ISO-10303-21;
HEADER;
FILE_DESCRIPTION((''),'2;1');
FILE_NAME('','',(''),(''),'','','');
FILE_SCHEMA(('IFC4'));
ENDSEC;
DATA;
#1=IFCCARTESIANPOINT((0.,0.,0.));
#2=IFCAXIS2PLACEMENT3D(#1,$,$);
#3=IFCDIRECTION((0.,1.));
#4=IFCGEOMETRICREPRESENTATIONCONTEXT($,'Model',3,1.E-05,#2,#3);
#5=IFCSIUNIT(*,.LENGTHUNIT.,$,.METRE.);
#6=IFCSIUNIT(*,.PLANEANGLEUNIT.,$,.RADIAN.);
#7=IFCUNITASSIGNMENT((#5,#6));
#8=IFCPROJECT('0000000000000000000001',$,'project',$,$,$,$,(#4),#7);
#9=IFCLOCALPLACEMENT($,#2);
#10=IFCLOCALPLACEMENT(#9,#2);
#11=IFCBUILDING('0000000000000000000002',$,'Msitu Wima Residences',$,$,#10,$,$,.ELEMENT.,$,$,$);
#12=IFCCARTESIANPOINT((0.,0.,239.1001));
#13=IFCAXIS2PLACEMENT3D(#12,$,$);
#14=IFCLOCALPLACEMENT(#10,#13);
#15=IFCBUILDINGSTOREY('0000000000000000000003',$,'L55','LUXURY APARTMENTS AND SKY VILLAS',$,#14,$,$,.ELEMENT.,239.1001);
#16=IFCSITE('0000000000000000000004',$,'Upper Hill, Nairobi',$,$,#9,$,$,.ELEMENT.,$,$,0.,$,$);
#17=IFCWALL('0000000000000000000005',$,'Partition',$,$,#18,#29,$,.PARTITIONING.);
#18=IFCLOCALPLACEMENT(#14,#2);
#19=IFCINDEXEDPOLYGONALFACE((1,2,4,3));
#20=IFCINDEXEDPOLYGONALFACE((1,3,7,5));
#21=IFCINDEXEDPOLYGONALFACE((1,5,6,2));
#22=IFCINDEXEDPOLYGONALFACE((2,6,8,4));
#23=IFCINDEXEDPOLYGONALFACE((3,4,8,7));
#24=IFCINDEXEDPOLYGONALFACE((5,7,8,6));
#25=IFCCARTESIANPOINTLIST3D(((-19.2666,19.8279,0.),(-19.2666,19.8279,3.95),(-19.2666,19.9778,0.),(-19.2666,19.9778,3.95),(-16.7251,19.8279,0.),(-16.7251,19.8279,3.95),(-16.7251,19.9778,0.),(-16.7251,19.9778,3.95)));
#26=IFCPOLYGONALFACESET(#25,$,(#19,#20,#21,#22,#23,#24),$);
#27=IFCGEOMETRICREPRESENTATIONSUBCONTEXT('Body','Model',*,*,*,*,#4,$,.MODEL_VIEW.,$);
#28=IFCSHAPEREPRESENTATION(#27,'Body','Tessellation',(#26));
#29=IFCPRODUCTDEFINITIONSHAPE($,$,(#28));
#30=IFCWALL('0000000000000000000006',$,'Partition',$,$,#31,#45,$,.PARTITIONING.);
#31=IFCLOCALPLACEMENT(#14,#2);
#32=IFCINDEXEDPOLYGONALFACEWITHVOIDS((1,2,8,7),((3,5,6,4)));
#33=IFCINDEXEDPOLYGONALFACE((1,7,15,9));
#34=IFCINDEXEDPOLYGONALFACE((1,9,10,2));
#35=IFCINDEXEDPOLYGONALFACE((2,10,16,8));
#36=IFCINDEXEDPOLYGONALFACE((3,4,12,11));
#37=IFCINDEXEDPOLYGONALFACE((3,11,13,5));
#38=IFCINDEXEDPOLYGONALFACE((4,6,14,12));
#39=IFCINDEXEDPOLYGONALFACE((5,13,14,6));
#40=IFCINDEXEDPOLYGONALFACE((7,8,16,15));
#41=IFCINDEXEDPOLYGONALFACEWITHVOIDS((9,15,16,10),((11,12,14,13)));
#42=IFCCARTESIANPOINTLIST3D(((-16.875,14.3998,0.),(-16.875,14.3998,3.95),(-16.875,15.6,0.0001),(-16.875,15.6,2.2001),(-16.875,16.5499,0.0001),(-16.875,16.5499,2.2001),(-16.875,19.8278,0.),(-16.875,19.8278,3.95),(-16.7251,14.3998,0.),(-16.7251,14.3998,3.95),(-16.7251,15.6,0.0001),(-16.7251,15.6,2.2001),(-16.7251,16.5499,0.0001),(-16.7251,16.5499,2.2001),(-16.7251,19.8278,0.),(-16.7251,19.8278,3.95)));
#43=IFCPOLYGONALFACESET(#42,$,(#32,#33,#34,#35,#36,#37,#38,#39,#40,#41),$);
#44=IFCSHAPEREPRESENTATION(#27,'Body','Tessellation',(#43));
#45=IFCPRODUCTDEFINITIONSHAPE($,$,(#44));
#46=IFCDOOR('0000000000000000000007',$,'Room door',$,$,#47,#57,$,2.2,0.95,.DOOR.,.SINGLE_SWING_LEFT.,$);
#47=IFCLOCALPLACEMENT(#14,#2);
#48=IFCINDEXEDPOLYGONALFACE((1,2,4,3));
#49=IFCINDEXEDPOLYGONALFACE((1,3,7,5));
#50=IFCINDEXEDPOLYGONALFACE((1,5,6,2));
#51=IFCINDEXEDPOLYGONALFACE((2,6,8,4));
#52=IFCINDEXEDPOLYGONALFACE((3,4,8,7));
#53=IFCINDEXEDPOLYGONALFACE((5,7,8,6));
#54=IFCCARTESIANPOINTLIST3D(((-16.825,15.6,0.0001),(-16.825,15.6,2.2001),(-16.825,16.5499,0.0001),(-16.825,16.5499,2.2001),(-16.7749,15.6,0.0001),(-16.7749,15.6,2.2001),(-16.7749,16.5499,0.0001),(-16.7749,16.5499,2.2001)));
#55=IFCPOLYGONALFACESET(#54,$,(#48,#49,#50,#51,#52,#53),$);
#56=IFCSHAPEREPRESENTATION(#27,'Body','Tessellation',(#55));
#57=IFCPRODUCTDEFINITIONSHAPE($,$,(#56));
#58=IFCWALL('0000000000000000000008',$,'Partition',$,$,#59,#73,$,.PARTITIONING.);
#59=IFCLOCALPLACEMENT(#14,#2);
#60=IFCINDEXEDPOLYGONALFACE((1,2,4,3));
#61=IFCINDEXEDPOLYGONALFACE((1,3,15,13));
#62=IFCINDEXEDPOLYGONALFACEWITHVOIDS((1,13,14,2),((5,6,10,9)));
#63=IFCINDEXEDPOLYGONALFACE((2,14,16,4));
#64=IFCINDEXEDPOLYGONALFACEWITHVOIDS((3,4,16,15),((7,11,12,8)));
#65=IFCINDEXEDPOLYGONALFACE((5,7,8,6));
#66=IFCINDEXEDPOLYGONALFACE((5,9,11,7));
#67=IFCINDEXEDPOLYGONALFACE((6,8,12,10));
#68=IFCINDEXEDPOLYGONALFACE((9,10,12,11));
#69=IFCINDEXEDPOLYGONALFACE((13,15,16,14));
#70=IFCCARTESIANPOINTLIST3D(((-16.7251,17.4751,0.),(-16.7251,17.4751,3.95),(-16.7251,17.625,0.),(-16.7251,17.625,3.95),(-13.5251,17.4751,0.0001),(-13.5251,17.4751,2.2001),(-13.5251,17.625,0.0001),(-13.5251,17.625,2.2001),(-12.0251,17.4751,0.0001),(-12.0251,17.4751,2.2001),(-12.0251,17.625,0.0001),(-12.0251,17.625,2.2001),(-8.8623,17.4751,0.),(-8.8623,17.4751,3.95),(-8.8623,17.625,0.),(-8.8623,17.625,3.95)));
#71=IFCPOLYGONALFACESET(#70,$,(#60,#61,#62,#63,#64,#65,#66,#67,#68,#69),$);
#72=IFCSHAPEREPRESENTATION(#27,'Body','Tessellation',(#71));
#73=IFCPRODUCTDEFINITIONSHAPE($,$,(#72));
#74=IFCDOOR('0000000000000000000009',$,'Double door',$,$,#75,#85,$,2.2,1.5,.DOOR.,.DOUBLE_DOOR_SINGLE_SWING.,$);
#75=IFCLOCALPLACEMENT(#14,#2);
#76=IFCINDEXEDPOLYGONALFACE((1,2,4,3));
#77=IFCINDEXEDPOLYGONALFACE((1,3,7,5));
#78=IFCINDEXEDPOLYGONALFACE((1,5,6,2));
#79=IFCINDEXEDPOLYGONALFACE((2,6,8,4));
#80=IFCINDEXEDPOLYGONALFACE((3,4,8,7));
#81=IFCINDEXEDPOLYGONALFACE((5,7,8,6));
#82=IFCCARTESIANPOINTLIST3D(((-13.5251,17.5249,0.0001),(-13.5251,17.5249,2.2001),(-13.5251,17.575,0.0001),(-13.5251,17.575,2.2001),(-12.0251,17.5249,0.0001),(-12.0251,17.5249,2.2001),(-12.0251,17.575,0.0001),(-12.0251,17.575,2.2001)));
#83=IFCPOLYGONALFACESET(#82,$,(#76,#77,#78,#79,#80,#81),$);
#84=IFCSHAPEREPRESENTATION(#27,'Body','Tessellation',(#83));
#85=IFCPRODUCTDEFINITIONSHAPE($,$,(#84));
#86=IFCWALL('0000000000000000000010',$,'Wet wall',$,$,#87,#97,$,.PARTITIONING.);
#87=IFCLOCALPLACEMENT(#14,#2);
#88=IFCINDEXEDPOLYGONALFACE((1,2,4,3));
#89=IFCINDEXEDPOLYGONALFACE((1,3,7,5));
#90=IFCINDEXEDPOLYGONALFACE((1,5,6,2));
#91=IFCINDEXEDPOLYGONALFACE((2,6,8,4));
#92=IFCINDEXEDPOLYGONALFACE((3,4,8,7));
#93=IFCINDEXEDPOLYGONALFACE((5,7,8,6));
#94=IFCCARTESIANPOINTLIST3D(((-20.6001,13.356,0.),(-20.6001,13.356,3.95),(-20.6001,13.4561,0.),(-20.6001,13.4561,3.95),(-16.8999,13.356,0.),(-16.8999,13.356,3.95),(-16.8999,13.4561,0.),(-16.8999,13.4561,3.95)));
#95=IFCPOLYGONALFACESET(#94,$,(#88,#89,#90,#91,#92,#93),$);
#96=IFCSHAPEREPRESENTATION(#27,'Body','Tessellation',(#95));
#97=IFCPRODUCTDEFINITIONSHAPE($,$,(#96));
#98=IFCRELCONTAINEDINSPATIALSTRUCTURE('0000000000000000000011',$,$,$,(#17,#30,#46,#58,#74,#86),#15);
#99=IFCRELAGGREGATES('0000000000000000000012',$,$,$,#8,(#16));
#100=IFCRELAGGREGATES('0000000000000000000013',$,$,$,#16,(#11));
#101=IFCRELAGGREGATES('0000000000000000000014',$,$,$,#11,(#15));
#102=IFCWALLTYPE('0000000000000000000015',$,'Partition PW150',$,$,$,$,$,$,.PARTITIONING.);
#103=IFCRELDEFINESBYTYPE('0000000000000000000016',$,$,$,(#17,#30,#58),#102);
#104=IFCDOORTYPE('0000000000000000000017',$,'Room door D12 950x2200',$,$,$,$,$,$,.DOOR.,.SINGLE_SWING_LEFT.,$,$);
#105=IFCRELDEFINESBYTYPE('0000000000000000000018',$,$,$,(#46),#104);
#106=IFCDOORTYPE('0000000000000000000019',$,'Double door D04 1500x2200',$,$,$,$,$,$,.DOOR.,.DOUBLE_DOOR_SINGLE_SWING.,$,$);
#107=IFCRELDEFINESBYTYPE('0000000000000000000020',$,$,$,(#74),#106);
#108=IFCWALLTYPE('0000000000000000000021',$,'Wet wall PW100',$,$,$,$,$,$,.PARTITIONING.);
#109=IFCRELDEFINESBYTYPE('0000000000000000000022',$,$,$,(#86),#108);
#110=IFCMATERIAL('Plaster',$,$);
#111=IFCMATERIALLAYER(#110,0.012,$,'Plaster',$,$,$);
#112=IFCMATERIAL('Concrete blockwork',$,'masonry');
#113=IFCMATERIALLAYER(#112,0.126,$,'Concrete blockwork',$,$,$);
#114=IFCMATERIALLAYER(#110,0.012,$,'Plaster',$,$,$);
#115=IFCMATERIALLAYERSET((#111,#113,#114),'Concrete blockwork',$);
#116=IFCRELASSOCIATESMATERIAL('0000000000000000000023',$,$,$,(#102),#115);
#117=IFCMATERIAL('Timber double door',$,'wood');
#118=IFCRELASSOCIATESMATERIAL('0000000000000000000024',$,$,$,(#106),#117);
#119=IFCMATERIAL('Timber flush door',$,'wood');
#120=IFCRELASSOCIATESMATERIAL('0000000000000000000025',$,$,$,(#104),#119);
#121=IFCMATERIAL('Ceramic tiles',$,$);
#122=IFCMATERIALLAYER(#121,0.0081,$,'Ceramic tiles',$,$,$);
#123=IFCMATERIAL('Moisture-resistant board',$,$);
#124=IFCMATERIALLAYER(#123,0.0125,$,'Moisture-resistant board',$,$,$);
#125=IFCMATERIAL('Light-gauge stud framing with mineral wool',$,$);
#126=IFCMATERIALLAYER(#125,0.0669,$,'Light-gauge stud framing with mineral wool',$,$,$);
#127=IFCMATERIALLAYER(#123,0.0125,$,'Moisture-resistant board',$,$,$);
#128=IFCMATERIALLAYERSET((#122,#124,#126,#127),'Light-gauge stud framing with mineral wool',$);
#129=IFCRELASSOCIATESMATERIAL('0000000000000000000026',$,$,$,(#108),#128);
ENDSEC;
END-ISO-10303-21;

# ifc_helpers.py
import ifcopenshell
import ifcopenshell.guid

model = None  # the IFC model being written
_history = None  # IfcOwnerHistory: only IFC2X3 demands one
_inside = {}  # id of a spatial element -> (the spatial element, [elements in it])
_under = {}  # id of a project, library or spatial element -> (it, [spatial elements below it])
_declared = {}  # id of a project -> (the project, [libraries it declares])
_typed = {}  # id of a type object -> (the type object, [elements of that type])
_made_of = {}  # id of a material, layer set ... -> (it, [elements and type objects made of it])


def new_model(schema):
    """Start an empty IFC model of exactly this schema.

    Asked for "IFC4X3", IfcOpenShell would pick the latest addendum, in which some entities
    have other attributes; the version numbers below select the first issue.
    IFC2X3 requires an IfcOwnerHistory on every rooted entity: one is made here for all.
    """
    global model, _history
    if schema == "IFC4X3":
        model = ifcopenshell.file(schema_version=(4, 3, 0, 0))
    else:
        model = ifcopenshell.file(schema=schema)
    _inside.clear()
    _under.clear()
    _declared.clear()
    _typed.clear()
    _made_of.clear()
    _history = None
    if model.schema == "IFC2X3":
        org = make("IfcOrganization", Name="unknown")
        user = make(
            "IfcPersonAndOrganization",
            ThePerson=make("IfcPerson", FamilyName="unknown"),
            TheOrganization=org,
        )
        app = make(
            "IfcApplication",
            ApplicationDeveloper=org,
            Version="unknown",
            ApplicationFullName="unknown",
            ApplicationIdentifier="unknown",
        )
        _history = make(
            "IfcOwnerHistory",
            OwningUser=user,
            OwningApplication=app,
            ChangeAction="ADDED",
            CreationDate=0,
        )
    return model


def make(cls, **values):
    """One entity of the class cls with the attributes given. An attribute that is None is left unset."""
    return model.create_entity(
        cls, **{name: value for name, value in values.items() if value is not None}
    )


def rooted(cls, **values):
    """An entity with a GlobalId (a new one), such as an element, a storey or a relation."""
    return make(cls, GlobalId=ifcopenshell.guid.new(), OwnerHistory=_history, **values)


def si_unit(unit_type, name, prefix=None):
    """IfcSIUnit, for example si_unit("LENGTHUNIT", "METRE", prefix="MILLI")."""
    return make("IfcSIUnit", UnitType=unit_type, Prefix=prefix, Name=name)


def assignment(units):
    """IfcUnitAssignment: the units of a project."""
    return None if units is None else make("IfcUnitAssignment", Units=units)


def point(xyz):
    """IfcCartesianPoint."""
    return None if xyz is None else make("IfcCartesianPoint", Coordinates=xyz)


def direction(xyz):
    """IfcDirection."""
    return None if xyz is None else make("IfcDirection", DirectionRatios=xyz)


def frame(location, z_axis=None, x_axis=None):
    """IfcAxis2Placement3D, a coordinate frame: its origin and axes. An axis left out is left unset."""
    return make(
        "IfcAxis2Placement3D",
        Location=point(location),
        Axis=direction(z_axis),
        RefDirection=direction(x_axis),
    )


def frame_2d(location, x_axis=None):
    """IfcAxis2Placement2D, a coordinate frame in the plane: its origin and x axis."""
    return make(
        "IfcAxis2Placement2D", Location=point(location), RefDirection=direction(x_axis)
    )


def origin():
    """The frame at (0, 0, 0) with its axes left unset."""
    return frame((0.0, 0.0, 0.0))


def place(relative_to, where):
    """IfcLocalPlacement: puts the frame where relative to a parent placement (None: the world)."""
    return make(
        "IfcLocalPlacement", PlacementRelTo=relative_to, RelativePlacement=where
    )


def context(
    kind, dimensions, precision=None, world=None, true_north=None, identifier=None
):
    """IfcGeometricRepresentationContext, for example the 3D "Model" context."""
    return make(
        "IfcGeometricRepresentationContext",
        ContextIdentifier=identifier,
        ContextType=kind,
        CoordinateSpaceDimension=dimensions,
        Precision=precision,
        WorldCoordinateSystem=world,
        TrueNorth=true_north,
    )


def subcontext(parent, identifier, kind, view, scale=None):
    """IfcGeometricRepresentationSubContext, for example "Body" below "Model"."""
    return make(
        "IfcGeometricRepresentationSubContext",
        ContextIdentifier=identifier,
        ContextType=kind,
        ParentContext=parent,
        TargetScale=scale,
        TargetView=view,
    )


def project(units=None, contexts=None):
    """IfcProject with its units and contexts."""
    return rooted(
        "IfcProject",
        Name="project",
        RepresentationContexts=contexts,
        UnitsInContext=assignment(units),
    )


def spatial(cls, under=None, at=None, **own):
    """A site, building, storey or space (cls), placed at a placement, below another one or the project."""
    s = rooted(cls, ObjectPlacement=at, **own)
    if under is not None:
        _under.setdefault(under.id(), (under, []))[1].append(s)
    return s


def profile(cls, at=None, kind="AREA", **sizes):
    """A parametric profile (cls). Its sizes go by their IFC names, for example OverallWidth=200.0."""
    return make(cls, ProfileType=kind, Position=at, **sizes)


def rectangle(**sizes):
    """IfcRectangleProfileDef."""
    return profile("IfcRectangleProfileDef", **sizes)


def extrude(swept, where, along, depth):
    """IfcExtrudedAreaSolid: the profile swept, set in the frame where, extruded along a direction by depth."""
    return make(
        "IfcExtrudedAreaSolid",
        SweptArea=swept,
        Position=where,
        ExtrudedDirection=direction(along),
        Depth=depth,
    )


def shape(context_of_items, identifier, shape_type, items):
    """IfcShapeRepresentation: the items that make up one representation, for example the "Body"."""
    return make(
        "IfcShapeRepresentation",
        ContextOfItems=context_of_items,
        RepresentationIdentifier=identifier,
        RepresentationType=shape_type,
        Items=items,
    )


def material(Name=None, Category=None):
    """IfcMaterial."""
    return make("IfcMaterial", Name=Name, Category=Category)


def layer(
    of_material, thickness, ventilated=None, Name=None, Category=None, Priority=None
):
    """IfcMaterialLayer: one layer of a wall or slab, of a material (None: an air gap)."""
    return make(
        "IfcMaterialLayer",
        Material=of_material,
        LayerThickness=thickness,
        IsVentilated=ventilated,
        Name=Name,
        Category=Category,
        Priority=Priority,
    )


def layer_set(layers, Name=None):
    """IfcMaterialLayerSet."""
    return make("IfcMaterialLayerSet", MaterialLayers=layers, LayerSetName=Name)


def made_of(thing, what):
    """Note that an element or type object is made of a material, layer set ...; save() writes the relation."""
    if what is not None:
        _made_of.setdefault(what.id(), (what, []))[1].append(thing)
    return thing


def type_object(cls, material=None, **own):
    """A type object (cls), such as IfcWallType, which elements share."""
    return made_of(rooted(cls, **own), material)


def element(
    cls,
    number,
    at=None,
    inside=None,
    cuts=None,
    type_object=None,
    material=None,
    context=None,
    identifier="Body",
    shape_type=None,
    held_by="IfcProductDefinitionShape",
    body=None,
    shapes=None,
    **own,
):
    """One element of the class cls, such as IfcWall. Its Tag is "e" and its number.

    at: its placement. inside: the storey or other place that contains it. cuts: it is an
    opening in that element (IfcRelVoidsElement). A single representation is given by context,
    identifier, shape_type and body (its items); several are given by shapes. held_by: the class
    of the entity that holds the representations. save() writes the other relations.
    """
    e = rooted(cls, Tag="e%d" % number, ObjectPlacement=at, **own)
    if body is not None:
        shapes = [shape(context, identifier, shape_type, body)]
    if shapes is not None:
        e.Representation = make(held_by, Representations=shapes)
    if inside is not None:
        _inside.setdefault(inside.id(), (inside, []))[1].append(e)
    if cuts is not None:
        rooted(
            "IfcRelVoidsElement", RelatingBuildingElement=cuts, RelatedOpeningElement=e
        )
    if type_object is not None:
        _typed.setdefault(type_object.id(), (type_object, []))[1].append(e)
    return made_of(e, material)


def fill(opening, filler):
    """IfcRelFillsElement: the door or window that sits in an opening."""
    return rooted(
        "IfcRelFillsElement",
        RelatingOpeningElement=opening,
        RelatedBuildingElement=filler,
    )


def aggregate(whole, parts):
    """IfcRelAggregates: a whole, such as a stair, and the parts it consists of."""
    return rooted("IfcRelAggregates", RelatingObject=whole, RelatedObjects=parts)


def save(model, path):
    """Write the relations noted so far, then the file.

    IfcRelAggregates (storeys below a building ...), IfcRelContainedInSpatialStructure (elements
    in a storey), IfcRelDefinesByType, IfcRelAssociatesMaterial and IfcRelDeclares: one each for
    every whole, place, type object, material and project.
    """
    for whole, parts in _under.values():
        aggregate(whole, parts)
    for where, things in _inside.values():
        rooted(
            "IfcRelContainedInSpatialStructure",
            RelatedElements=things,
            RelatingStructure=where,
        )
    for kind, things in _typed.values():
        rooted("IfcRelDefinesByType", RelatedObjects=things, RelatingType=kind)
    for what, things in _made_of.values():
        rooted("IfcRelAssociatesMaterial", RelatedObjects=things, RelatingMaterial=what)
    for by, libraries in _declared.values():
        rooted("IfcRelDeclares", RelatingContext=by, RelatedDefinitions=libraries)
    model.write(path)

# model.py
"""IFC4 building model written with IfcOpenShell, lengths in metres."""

from ifc_helpers import new_model, si_unit, direction, frame, frame_2d, origin, place, context, subcontext, project, spatial, rectangle, extrude, material, layer, layer_set, type_object, element, fill, save


model = new_model("IFC4")

# Units and contexts
model_context = context("Model", 3, precision=1e-05, world=origin(), true_north=direction((0.0, 1.0)))
body_context = subcontext(model_context, "Body", "Model", "MODEL_VIEW")
ifc_project = project(units=[si_unit("LENGTHUNIT", "METRE"), si_unit("PLANEANGLEUNIT", "RADIAN")], contexts=[model_context])

# Site, building, storey
site_placement = place(None, origin())
site = spatial("IfcSite", under=ifc_project, at=site_placement, Name="Upper Hill, Nairobi", CompositionType="ELEMENT", RefElevation=0.0)
building_placement = place(site_placement, origin())
building = spatial("IfcBuilding", under=site, at=building_placement, Name="Msitu Wima Residences", CompositionType="ELEMENT")
storey_placement = place(building_placement, frame((0.0, 0.0, 239.1001)))
storey = spatial("IfcBuildingStorey", under=building, at=storey_placement, Name="L55", Description="LUXURY APARTMENTS AND SKY VILLAS", CompositionType="ELEMENT", Elevation=239.1001)

# Shared definitions
ifc_material_1 = material(Name="Plaster")
ifc_material_2 = material(Name="Concrete blockwork", Category="masonry")
ifc_layer_1 = layer(ifc_material_1, 0.012, Name="Plaster")
ifc_layer_2 = layer(ifc_material_2, 0.126, Name="Concrete blockwork")
ifc_layer_3 = layer(ifc_material_1, 0.012, Name="Plaster")
ifc_layer_set_1 = layer_set([ifc_layer_1, ifc_layer_2, ifc_layer_3], Name="Concrete blockwork")
wall_type_1 = type_object("IfcWallType", Name="Partition PW150", PredefinedType="PARTITIONING", material=ifc_layer_set_1)

# Shared definitions
ifc_material_3 = material(Name="Timber double door", Category="wood")
door_type_1 = type_object("IfcDoorType", Name="Double door D04 1500x2200", OperationType="DOUBLE_DOOR_SINGLE_SWING", PredefinedType="DOOR", material=ifc_material_3)

# Wall
wall_1_placement = place(storey_placement, frame((-19.2666, 19.9028, 0.0), z_axis=(0.0, 0.0, 1.0), x_axis=(1.0, 0.0, 0.0)))
element("IfcWall", 1, at=wall_1_placement, inside=storey, type_object=wall_type_1, Name="Partition", PredefinedType="PARTITIONING", context=body_context, shape_type="SweptSolid", body=[
    extrude(rectangle(XDim=2.5415, YDim=0.1499, at=frame_2d((1.2708, 0.0))), origin(), (0.0, 0.0, 1.0), 3.95),
])

# Walls, openings, doors
wall_2_placement = place(storey_placement, frame((-16.8, 14.3999, 0.0), z_axis=(0.0, 0.0, 1.0), x_axis=(0.0, 1.0, 0.0)))
wall_2 = element("IfcWall", 2, at=wall_2_placement, inside=storey, type_object=wall_type_1, Name="Partition", PredefinedType="PARTITIONING", context=body_context, shape_type="SweptSolid", body=[
    extrude(rectangle(XDim=5.428, YDim=0.1499, at=frame_2d((2.7139, 0.0))), origin(), (0.0, 0.0, 1.0), 3.95),
])
opening_1_placement = place(wall_2_placement, frame((1.2, 0.0, 0.0)))
opening_1 = element("IfcOpeningElement", 3, at=opening_1_placement, cuts=wall_2, PredefinedType="OPENING", context=body_context, shape_type="SweptSolid", body=[
    extrude(rectangle(XDim=0.95, YDim=2.2, at=frame_2d((0.4751, 1.1001))), frame((0.0, 0.085, 0.0), z_axis=(0.0, -1.0, 0.0), x_axis=(1.0, 0.0, 0.0)), (0.0, 0.0, 1.0), 0.1699),
])
ifc_material_4 = material(Name="Timber flush door", Category="wood")
door_type_2 = type_object("IfcDoorType", Name="Room door D12 950x2200", OperationType="SINGLE_SWING_LEFT", PredefinedType="DOOR", material=ifc_material_4)
door_1_placement = place(opening_1_placement, origin())
door_1 = element("IfcDoor", 4, at=door_1_placement, inside=storey, type_object=door_type_2, Name="Room door", OperationType="SINGLE_SWING_LEFT", OverallHeight=2.2, OverallWidth=0.95, PredefinedType="DOOR", context=body_context, shape_type="SweptSolid", body=[
    extrude(rectangle(XDim=0.95, YDim=2.2, at=frame_2d((0.4751, 1.1001))), frame((0.0, 0.0249, 0.0), z_axis=(0.0, -1.0, 0.0), x_axis=(1.0, 0.0, 0.0)), (0.0, 0.0, 1.0), 0.05),
])
fill(opening_1, door_1)
wall_3_placement = place(storey_placement, frame((-16.7251, 17.55, 0.0), z_axis=(0.0, 0.0, 1.0), x_axis=(1.0, 0.0, 0.0)))
wall_3 = element("IfcWall", 5, at=wall_3_placement, inside=storey, type_object=wall_type_1, Name="Partition", PredefinedType="PARTITIONING", context=body_context, shape_type="SweptSolid", body=[
    extrude(rectangle(XDim=7.8628, YDim=0.1499, at=frame_2d((3.9314, 0.0))), origin(), (0.0, 0.0, 1.0), 3.95),
])
opening_2_placement = place(wall_3_placement, frame((3.2, 0.0, 0.0)))
opening_2 = element("IfcOpeningElement", 6, at=opening_2_placement, cuts=wall_3, PredefinedType="OPENING", context=body_context, shape_type="SweptSolid", body=[
    extrude(rectangle(XDim=1.5, YDim=2.2, at=frame_2d((0.75, 1.1001))), frame((0.0, 0.085, 0.0), z_axis=(0.0, -1.0, 0.0), x_axis=(1.0, 0.0, 0.0)), (0.0, 0.0, 1.0), 0.1699),
])
door_2_placement = place(opening_2_placement, origin())
door_2 = element("IfcDoor", 7, at=door_2_placement, inside=storey, type_object=door_type_1, Name="Double door", OperationType="DOUBLE_DOOR_SINGLE_SWING", OverallHeight=2.2, OverallWidth=1.5, PredefinedType="DOOR", context=body_context, shape_type="SweptSolid", body=[
    extrude(rectangle(XDim=1.5, YDim=2.2, at=frame_2d((0.75, 1.1001))), frame((0.0, 0.0249, 0.0), z_axis=(0.0, -1.0, 0.0), x_axis=(1.0, 0.0, 0.0)), (0.0, 0.0, 1.0), 0.05),
])
fill(opening_2, door_2)

# Wall
ifc_material_5 = material(Name="Ceramic tiles")
ifc_layer_4 = layer(ifc_material_5, 0.0081, Name="Ceramic tiles")
ifc_material_6 = material(Name="Moisture-resistant board")
ifc_layer_5 = layer(ifc_material_6, 0.0125, Name="Moisture-resistant board")
ifc_material_7 = material(Name="Light-gauge stud framing with mineral wool")
ifc_layer_6 = layer(ifc_material_7, 0.0669, Name="Light-gauge stud framing with mineral wool")
ifc_layer_7 = layer(ifc_material_6, 0.0125, Name="Moisture-resistant board")
ifc_layer_set_2 = layer_set([ifc_layer_4, ifc_layer_5, ifc_layer_6, ifc_layer_7], Name="Light-gauge stud framing with mineral wool")
wall_type_2 = type_object("IfcWallType", Name="Wet wall PW100", PredefinedType="PARTITIONING", material=ifc_layer_set_2)
wall_4_placement = place(storey_placement, frame((-20.6001, 13.406, 0.0), z_axis=(0.0, 0.0, 1.0), x_axis=(1.0, 0.0, 0.0)))
element("IfcWall", 8, at=wall_4_placement, inside=storey, type_object=wall_type_2, Name="Wet wall", PredefinedType="PARTITIONING", context=body_context, shape_type="SweptSolid", body=[
    extrude(rectangle(XDim=3.7002, YDim=0.1001, at=frame_2d((1.8501, 0.0))), origin(), (0.0, 0.0, 1.0), 3.95),
])

save(model, "model.ifc")
